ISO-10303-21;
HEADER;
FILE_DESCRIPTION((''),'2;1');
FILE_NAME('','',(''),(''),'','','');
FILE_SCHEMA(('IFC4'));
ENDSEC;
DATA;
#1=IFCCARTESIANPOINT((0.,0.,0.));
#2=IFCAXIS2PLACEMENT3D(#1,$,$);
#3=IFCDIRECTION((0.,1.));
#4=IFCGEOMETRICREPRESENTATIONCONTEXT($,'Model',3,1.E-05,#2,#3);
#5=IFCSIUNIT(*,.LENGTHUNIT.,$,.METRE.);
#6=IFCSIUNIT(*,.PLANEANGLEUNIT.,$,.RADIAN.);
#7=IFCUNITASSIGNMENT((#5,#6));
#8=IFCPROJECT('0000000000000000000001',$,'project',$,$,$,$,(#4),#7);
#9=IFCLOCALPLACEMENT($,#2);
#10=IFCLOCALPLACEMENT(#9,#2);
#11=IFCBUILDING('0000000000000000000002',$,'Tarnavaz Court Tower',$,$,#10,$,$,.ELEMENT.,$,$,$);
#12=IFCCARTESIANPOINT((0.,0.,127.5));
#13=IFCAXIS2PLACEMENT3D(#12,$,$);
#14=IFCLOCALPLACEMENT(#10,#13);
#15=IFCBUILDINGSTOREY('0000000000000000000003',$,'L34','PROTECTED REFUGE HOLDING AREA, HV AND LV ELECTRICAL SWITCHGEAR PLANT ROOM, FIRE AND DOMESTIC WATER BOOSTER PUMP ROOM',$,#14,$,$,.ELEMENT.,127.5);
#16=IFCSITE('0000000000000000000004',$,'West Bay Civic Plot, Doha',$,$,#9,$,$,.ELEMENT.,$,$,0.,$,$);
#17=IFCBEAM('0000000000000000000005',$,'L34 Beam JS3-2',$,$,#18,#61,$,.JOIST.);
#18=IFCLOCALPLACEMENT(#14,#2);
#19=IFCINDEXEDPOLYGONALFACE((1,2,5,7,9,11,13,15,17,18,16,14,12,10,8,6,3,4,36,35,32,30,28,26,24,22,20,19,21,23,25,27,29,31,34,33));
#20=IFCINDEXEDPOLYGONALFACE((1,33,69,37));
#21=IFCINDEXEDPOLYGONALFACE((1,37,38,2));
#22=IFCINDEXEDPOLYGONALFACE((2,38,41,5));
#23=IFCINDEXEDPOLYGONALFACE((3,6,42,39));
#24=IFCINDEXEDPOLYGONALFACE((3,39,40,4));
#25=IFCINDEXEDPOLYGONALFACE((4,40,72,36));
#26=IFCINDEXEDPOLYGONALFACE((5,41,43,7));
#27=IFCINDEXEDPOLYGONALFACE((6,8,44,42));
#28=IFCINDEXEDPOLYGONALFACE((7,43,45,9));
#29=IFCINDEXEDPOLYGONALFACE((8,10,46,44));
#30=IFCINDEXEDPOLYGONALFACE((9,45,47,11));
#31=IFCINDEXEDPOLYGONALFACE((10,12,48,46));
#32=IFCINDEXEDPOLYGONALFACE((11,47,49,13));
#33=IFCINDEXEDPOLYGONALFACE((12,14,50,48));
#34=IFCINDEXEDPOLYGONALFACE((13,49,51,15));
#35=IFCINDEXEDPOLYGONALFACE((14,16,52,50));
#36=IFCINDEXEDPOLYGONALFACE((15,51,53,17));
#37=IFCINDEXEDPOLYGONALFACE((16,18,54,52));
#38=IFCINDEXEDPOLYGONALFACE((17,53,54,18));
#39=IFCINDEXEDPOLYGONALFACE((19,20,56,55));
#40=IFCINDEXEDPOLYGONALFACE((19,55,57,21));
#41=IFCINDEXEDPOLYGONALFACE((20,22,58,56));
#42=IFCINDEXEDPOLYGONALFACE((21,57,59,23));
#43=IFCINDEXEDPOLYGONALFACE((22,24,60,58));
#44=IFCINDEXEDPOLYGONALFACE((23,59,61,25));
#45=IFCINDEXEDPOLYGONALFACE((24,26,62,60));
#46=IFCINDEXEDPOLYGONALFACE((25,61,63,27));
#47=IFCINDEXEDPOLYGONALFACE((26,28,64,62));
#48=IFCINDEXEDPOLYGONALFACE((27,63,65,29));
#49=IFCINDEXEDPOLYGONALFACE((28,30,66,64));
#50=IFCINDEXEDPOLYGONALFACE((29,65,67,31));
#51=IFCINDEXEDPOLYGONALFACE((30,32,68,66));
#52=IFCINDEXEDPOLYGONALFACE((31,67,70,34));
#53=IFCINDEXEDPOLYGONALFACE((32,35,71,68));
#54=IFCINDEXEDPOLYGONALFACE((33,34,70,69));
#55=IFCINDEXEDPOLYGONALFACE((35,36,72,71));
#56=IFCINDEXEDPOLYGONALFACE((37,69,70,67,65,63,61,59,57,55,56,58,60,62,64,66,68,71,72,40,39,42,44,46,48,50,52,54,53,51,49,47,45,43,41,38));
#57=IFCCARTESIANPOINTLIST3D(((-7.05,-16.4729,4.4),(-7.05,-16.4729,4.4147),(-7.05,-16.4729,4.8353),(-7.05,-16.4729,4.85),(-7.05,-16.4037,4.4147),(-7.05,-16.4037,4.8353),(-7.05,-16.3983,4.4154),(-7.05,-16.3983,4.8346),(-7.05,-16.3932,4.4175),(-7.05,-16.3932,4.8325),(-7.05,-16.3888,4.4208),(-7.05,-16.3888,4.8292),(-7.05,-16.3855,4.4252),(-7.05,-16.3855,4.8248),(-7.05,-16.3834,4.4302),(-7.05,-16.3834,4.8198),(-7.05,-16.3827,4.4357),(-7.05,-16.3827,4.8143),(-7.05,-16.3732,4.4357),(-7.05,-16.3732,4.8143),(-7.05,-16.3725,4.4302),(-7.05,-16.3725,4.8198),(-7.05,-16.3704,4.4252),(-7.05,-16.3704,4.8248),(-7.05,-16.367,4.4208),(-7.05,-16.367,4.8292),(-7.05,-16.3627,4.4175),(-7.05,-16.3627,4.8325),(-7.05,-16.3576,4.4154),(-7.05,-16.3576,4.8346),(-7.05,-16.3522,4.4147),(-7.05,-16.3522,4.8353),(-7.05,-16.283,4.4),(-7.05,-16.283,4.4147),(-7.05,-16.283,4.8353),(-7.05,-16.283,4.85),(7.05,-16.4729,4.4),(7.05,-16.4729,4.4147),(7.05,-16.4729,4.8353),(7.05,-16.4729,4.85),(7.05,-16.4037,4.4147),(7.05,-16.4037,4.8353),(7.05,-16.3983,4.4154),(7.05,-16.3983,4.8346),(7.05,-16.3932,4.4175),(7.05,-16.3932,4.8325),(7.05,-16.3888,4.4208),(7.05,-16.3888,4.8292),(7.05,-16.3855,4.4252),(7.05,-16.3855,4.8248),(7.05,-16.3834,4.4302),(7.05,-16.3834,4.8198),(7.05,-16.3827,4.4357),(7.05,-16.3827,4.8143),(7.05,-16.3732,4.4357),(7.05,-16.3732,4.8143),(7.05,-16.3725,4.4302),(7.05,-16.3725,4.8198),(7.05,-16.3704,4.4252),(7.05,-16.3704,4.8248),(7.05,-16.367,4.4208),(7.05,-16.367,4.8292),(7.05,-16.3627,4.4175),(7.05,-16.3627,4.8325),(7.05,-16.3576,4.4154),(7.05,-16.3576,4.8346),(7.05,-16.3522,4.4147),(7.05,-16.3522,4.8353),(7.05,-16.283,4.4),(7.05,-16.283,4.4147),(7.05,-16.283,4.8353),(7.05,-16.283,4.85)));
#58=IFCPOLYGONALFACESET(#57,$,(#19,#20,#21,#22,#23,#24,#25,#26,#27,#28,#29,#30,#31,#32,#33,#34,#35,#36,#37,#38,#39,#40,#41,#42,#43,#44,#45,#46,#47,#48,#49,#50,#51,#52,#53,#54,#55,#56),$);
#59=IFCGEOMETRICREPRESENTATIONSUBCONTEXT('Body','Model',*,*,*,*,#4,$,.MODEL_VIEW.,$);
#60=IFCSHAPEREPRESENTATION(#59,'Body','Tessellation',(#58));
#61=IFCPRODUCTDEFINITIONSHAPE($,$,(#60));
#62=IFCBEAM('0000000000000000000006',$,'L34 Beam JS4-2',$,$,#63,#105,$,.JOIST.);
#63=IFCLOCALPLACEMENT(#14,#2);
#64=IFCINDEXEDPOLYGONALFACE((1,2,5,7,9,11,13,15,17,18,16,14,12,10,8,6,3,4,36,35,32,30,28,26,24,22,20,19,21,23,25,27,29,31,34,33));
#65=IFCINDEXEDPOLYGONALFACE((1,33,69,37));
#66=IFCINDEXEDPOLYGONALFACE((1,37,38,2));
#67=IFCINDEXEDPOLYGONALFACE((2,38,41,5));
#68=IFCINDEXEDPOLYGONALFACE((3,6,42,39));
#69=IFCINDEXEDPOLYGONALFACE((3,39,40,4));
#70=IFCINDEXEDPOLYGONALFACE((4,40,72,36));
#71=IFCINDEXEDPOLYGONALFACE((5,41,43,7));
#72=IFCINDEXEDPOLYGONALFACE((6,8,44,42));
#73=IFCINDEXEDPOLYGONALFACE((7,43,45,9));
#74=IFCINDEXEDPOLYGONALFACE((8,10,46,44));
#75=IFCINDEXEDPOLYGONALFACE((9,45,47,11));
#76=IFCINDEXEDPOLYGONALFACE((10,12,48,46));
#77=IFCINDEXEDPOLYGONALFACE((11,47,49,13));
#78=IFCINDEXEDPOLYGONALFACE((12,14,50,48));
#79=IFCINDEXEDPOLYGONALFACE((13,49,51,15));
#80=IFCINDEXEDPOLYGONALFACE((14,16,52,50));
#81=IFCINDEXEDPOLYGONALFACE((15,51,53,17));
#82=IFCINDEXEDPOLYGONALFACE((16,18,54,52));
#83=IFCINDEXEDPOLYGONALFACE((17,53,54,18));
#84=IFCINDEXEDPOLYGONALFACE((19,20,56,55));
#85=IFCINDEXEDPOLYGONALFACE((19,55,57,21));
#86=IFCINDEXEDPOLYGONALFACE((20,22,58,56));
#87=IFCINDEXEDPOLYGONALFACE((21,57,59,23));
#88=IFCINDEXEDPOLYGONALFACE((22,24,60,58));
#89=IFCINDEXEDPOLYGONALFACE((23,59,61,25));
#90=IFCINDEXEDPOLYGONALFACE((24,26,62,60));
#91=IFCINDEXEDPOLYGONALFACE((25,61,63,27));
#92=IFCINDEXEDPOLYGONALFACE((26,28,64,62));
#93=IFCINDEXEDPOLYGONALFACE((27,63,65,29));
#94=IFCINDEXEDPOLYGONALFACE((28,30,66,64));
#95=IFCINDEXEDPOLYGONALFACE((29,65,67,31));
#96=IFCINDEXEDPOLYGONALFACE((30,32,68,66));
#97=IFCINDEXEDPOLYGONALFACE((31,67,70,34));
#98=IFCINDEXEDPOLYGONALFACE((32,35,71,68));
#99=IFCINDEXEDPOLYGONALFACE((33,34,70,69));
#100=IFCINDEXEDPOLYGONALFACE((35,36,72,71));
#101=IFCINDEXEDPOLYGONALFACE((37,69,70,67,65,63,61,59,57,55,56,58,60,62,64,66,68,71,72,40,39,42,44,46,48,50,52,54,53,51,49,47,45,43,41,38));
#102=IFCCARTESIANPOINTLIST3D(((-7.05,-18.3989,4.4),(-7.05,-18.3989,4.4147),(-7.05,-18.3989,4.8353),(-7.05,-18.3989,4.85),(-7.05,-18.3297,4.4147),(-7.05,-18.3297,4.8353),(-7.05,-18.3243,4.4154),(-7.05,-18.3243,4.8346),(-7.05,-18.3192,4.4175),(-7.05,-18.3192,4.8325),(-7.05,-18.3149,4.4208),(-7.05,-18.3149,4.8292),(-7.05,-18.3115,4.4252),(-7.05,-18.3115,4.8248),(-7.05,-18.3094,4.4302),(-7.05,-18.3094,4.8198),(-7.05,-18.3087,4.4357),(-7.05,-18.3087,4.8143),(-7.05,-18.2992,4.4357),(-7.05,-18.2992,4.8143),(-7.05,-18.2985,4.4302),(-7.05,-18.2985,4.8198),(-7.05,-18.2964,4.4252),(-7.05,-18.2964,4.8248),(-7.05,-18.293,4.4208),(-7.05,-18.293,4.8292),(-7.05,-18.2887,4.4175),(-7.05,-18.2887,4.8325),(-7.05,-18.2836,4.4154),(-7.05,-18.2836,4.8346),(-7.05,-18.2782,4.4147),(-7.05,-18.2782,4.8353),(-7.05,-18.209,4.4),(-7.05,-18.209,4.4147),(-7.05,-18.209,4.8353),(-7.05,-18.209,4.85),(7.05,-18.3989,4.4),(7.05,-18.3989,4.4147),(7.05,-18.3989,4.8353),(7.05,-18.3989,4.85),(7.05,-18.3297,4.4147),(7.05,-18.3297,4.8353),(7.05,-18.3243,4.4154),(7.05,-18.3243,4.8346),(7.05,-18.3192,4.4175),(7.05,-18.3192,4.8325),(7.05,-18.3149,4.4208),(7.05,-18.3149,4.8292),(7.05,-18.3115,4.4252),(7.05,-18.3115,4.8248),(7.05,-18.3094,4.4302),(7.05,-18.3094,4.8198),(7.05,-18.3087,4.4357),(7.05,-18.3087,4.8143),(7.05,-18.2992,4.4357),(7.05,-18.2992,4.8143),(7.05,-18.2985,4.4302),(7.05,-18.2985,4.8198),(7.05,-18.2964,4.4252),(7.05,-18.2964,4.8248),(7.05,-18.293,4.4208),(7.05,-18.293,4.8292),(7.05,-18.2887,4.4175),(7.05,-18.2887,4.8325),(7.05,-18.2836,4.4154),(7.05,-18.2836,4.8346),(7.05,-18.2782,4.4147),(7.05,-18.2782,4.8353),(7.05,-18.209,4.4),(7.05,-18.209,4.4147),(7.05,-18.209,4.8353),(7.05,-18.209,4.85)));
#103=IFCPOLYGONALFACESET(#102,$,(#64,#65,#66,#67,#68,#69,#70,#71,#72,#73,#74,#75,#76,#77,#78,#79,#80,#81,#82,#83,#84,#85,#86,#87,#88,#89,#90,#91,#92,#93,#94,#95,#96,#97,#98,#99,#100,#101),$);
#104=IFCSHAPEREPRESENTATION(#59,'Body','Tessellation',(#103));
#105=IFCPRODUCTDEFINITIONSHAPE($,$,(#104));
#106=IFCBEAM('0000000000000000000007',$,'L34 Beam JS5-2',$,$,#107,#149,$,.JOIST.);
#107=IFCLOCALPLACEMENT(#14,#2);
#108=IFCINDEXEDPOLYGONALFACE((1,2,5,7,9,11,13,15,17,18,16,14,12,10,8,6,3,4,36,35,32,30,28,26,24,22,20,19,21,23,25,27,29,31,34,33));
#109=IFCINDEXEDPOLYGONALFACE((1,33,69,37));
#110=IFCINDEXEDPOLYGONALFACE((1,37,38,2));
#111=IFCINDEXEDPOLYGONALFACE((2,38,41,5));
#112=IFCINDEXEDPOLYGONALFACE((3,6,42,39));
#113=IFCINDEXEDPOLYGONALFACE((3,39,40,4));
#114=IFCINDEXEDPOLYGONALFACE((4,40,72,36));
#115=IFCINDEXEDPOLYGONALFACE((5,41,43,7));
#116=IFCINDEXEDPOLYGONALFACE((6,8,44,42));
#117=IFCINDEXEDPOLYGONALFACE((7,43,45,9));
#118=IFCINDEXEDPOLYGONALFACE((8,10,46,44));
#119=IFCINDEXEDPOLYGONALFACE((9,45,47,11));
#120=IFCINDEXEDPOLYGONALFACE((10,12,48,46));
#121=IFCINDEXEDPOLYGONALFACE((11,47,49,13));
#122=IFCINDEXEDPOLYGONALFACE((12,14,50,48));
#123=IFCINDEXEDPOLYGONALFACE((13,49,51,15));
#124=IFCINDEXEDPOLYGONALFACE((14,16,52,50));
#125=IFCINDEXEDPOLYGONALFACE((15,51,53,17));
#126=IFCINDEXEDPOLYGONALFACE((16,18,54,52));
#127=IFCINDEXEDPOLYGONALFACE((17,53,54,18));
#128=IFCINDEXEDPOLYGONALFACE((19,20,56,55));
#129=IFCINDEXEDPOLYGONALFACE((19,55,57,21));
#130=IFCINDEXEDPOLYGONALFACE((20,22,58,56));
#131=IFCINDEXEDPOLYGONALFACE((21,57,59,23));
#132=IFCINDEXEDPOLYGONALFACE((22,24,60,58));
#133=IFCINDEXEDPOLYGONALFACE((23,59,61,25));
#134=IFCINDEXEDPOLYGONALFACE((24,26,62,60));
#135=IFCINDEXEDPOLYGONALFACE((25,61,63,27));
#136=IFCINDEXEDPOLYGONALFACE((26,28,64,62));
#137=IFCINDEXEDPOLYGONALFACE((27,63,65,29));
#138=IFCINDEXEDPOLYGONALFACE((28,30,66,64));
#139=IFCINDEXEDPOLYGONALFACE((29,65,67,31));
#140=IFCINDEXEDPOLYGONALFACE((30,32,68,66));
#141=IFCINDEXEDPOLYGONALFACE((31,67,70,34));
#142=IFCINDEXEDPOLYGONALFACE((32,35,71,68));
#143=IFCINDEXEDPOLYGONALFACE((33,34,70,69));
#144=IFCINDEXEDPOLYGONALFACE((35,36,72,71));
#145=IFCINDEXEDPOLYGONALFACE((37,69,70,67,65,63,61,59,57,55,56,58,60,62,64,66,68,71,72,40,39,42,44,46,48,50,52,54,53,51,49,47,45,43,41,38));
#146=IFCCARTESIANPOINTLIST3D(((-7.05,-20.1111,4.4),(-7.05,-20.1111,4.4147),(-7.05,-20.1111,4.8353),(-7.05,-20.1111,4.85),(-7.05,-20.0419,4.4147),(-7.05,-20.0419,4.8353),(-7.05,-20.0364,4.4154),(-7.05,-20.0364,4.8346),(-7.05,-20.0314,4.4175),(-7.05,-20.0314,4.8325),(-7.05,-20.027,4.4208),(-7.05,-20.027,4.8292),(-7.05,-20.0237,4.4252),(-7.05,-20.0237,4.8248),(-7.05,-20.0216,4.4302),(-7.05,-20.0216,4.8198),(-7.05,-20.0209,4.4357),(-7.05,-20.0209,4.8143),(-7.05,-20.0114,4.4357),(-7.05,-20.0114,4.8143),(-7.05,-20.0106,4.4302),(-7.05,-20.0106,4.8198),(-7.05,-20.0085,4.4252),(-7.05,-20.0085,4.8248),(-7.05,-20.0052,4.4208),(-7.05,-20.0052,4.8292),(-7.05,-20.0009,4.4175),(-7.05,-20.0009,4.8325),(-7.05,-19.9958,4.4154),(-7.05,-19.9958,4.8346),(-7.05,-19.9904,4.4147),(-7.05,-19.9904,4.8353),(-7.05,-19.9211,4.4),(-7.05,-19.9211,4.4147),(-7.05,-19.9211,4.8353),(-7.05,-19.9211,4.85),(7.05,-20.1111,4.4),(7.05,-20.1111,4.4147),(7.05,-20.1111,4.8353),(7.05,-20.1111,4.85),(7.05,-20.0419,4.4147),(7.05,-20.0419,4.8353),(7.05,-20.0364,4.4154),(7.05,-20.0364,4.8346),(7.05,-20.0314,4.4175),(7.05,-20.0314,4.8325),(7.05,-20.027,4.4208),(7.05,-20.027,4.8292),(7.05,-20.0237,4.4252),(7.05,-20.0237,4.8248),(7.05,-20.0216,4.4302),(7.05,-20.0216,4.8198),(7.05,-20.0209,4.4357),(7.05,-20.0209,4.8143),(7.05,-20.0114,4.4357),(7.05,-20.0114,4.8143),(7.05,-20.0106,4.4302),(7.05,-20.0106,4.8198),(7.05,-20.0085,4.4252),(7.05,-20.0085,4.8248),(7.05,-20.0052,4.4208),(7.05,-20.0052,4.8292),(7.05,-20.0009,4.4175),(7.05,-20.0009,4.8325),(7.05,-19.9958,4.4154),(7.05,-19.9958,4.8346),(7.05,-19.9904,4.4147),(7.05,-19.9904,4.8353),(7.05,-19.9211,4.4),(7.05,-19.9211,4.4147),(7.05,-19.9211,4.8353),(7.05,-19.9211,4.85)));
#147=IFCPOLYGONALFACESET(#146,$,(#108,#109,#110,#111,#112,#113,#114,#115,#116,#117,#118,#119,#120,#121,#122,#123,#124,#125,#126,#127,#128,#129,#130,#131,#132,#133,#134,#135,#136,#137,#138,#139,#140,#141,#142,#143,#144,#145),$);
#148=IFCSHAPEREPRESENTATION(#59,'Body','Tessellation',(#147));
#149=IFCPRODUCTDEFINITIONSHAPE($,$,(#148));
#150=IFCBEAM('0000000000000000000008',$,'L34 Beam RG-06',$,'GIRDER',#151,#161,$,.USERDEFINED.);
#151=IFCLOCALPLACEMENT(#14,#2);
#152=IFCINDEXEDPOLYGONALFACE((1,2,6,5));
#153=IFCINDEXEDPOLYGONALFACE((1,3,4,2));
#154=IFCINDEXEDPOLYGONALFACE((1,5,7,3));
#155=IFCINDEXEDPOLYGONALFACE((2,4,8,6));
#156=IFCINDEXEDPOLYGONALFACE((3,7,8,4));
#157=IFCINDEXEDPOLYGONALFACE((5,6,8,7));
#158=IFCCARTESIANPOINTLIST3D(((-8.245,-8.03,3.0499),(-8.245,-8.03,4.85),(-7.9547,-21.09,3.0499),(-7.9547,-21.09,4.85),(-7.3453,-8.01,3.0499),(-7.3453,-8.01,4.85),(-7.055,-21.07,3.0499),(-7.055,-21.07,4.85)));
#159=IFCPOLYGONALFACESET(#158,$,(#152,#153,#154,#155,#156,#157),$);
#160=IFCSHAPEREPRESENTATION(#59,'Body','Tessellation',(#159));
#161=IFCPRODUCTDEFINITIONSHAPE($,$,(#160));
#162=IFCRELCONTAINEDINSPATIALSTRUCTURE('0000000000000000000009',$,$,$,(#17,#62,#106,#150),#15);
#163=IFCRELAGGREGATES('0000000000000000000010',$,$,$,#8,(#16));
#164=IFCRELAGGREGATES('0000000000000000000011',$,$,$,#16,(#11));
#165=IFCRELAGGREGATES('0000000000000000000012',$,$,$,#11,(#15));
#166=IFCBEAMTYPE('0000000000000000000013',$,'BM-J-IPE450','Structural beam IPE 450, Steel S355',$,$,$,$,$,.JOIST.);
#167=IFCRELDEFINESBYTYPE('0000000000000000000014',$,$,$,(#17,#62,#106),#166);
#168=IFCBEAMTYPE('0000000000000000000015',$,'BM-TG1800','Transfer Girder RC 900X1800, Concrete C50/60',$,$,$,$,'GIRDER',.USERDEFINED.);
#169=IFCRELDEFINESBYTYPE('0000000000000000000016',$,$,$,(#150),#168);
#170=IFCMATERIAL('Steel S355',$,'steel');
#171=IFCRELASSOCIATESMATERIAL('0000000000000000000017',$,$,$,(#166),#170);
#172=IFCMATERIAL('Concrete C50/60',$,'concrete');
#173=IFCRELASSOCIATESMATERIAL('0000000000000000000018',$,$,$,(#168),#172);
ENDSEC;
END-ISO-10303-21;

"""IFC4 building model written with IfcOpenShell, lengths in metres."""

from ifc_helpers import new_model, si_unit, direction, frame, origin, origin_2d, place, context, subcontext, project, spatial, rectangle, i_section, extrude, material, material_profile, profile_set, type_object, element, save


model = new_model("IFC4")

# Units and contexts
model_context = context("Model", 3, precision=1e-05, world=origin(), true_north=direction((0.0, 1.0)))
body_context = subcontext(model_context, "Body", "Model", "MODEL_VIEW")
ifc_project = project(units=[si_unit("LENGTHUNIT", "METRE"), si_unit("PLANEANGLEUNIT", "RADIAN")], contexts=[model_context])

# Site, building, storey
site_placement = place(None, origin())
site = spatial("IfcSite", under=ifc_project, at=site_placement, Name="West Bay Civic Plot, Doha", CompositionType="ELEMENT", RefElevation=0.0)
building_placement = place(site_placement, origin())
building = spatial("IfcBuilding", under=site, at=building_placement, Name="Tarnavaz Court Tower", CompositionType="ELEMENT")
storey_placement = place(building_placement, frame((0.0, 0.0, 127.5)))
storey = spatial("IfcBuildingStorey", under=building, at=storey_placement, Name="L34", Description="PROTECTED REFUGE HOLDING AREA, HV AND LV ELECTRICAL SWITCHGEAR PLANT ROOM, FIRE AND DOMESTIC WATER BOOSTER PUMP ROOM", CompositionType="ELEMENT", Elevation=127.5)

# Beams
ifc_material_1 = material(Name="Steel S355", Category="steel")
ifc_material_profile_1 = material_profile(ifc_material_1, i_section(OverallWidth=0.1899, OverallDepth=0.45, WebThickness=0.0095, FlangeThickness=0.0146, FilletRadius=0.021, at=origin_2d()), Name="IPE 450")
ifc_profile_set_1 = profile_set([ifc_material_profile_1], Name="Steel S355")
beam_type_1 = type_object("IfcBeamType", Name="BM-J-IPE450", Description="Structural beam IPE 450, Steel S355", PredefinedType="JOIST", material=ifc_profile_set_1)
for number, where, z_axis, x_axis, name in (
    (1, (-7.05, -16.3779, 4.625), (1.0, 0.0, 0.0), (0.0, 1.0, 0.0), "L34 Beam JS3-2"),
    (2, (-7.05, -18.304, 4.625), (1.0, 0.0, 0.0), (0.0, 1.0, 0.0), "L34 Beam JS4-2"),
    (3, (-7.05, -20.0161, 4.625), (1.0, 0.0, 0.0), (0.0, 1.0, 0.0), "L34 Beam JS5-2"),
):
    element("IfcBeam", number, at=place(storey_placement, frame(where, z_axis=z_axis, x_axis=x_axis)), inside=storey, type_object=beam_type_1, Name=name, PredefinedType="JOIST", context=body_context, shape_type="SweptSolid", body=[
        extrude(i_section(OverallWidth=0.1899, OverallDepth=0.45, WebThickness=0.0095, FlangeThickness=0.0146, FilletRadius=0.021, at=origin_2d()), origin(), (0.0, 0.0, 1.0), 14.1001),
    ])
ifc_material_2 = material(Name="Concrete C50/60", Category="concrete")
ifc_material_profile_2 = material_profile(ifc_material_2, rectangle(XDim=0.8999, YDim=1.8, at=origin_2d()), Name="RC 900X1800")
ifc_profile_set_2 = profile_set([ifc_material_profile_2], Name="Concrete C50/60")
beam_type_2 = type_object("IfcBeamType", Name="BM-TG1800", Description="Transfer Girder RC 900X1800, Concrete C50/60", ElementType="GIRDER", PredefinedType="USERDEFINED", material=ifc_profile_set_2)
beam_1_placement = place(storey_placement, frame((-7.7952, -8.02, 3.95), z_axis=(0.022221, -0.999753, 0.0), x_axis=(0.999753, 0.022221, 0.0)))
element("IfcBeam", 4, at=beam_1_placement, inside=storey, type_object=beam_type_2, Name="L34 Beam RG-06", ObjectType="GIRDER", PredefinedType="USERDEFINED", context=body_context, shape_type="SweptSolid", body=[
    extrude(rectangle(XDim=0.8999, YDim=1.8, at=origin_2d()), origin(), (0.0, 0.0, 1.0), 13.0632),
])

save(model, "model.ifc")
